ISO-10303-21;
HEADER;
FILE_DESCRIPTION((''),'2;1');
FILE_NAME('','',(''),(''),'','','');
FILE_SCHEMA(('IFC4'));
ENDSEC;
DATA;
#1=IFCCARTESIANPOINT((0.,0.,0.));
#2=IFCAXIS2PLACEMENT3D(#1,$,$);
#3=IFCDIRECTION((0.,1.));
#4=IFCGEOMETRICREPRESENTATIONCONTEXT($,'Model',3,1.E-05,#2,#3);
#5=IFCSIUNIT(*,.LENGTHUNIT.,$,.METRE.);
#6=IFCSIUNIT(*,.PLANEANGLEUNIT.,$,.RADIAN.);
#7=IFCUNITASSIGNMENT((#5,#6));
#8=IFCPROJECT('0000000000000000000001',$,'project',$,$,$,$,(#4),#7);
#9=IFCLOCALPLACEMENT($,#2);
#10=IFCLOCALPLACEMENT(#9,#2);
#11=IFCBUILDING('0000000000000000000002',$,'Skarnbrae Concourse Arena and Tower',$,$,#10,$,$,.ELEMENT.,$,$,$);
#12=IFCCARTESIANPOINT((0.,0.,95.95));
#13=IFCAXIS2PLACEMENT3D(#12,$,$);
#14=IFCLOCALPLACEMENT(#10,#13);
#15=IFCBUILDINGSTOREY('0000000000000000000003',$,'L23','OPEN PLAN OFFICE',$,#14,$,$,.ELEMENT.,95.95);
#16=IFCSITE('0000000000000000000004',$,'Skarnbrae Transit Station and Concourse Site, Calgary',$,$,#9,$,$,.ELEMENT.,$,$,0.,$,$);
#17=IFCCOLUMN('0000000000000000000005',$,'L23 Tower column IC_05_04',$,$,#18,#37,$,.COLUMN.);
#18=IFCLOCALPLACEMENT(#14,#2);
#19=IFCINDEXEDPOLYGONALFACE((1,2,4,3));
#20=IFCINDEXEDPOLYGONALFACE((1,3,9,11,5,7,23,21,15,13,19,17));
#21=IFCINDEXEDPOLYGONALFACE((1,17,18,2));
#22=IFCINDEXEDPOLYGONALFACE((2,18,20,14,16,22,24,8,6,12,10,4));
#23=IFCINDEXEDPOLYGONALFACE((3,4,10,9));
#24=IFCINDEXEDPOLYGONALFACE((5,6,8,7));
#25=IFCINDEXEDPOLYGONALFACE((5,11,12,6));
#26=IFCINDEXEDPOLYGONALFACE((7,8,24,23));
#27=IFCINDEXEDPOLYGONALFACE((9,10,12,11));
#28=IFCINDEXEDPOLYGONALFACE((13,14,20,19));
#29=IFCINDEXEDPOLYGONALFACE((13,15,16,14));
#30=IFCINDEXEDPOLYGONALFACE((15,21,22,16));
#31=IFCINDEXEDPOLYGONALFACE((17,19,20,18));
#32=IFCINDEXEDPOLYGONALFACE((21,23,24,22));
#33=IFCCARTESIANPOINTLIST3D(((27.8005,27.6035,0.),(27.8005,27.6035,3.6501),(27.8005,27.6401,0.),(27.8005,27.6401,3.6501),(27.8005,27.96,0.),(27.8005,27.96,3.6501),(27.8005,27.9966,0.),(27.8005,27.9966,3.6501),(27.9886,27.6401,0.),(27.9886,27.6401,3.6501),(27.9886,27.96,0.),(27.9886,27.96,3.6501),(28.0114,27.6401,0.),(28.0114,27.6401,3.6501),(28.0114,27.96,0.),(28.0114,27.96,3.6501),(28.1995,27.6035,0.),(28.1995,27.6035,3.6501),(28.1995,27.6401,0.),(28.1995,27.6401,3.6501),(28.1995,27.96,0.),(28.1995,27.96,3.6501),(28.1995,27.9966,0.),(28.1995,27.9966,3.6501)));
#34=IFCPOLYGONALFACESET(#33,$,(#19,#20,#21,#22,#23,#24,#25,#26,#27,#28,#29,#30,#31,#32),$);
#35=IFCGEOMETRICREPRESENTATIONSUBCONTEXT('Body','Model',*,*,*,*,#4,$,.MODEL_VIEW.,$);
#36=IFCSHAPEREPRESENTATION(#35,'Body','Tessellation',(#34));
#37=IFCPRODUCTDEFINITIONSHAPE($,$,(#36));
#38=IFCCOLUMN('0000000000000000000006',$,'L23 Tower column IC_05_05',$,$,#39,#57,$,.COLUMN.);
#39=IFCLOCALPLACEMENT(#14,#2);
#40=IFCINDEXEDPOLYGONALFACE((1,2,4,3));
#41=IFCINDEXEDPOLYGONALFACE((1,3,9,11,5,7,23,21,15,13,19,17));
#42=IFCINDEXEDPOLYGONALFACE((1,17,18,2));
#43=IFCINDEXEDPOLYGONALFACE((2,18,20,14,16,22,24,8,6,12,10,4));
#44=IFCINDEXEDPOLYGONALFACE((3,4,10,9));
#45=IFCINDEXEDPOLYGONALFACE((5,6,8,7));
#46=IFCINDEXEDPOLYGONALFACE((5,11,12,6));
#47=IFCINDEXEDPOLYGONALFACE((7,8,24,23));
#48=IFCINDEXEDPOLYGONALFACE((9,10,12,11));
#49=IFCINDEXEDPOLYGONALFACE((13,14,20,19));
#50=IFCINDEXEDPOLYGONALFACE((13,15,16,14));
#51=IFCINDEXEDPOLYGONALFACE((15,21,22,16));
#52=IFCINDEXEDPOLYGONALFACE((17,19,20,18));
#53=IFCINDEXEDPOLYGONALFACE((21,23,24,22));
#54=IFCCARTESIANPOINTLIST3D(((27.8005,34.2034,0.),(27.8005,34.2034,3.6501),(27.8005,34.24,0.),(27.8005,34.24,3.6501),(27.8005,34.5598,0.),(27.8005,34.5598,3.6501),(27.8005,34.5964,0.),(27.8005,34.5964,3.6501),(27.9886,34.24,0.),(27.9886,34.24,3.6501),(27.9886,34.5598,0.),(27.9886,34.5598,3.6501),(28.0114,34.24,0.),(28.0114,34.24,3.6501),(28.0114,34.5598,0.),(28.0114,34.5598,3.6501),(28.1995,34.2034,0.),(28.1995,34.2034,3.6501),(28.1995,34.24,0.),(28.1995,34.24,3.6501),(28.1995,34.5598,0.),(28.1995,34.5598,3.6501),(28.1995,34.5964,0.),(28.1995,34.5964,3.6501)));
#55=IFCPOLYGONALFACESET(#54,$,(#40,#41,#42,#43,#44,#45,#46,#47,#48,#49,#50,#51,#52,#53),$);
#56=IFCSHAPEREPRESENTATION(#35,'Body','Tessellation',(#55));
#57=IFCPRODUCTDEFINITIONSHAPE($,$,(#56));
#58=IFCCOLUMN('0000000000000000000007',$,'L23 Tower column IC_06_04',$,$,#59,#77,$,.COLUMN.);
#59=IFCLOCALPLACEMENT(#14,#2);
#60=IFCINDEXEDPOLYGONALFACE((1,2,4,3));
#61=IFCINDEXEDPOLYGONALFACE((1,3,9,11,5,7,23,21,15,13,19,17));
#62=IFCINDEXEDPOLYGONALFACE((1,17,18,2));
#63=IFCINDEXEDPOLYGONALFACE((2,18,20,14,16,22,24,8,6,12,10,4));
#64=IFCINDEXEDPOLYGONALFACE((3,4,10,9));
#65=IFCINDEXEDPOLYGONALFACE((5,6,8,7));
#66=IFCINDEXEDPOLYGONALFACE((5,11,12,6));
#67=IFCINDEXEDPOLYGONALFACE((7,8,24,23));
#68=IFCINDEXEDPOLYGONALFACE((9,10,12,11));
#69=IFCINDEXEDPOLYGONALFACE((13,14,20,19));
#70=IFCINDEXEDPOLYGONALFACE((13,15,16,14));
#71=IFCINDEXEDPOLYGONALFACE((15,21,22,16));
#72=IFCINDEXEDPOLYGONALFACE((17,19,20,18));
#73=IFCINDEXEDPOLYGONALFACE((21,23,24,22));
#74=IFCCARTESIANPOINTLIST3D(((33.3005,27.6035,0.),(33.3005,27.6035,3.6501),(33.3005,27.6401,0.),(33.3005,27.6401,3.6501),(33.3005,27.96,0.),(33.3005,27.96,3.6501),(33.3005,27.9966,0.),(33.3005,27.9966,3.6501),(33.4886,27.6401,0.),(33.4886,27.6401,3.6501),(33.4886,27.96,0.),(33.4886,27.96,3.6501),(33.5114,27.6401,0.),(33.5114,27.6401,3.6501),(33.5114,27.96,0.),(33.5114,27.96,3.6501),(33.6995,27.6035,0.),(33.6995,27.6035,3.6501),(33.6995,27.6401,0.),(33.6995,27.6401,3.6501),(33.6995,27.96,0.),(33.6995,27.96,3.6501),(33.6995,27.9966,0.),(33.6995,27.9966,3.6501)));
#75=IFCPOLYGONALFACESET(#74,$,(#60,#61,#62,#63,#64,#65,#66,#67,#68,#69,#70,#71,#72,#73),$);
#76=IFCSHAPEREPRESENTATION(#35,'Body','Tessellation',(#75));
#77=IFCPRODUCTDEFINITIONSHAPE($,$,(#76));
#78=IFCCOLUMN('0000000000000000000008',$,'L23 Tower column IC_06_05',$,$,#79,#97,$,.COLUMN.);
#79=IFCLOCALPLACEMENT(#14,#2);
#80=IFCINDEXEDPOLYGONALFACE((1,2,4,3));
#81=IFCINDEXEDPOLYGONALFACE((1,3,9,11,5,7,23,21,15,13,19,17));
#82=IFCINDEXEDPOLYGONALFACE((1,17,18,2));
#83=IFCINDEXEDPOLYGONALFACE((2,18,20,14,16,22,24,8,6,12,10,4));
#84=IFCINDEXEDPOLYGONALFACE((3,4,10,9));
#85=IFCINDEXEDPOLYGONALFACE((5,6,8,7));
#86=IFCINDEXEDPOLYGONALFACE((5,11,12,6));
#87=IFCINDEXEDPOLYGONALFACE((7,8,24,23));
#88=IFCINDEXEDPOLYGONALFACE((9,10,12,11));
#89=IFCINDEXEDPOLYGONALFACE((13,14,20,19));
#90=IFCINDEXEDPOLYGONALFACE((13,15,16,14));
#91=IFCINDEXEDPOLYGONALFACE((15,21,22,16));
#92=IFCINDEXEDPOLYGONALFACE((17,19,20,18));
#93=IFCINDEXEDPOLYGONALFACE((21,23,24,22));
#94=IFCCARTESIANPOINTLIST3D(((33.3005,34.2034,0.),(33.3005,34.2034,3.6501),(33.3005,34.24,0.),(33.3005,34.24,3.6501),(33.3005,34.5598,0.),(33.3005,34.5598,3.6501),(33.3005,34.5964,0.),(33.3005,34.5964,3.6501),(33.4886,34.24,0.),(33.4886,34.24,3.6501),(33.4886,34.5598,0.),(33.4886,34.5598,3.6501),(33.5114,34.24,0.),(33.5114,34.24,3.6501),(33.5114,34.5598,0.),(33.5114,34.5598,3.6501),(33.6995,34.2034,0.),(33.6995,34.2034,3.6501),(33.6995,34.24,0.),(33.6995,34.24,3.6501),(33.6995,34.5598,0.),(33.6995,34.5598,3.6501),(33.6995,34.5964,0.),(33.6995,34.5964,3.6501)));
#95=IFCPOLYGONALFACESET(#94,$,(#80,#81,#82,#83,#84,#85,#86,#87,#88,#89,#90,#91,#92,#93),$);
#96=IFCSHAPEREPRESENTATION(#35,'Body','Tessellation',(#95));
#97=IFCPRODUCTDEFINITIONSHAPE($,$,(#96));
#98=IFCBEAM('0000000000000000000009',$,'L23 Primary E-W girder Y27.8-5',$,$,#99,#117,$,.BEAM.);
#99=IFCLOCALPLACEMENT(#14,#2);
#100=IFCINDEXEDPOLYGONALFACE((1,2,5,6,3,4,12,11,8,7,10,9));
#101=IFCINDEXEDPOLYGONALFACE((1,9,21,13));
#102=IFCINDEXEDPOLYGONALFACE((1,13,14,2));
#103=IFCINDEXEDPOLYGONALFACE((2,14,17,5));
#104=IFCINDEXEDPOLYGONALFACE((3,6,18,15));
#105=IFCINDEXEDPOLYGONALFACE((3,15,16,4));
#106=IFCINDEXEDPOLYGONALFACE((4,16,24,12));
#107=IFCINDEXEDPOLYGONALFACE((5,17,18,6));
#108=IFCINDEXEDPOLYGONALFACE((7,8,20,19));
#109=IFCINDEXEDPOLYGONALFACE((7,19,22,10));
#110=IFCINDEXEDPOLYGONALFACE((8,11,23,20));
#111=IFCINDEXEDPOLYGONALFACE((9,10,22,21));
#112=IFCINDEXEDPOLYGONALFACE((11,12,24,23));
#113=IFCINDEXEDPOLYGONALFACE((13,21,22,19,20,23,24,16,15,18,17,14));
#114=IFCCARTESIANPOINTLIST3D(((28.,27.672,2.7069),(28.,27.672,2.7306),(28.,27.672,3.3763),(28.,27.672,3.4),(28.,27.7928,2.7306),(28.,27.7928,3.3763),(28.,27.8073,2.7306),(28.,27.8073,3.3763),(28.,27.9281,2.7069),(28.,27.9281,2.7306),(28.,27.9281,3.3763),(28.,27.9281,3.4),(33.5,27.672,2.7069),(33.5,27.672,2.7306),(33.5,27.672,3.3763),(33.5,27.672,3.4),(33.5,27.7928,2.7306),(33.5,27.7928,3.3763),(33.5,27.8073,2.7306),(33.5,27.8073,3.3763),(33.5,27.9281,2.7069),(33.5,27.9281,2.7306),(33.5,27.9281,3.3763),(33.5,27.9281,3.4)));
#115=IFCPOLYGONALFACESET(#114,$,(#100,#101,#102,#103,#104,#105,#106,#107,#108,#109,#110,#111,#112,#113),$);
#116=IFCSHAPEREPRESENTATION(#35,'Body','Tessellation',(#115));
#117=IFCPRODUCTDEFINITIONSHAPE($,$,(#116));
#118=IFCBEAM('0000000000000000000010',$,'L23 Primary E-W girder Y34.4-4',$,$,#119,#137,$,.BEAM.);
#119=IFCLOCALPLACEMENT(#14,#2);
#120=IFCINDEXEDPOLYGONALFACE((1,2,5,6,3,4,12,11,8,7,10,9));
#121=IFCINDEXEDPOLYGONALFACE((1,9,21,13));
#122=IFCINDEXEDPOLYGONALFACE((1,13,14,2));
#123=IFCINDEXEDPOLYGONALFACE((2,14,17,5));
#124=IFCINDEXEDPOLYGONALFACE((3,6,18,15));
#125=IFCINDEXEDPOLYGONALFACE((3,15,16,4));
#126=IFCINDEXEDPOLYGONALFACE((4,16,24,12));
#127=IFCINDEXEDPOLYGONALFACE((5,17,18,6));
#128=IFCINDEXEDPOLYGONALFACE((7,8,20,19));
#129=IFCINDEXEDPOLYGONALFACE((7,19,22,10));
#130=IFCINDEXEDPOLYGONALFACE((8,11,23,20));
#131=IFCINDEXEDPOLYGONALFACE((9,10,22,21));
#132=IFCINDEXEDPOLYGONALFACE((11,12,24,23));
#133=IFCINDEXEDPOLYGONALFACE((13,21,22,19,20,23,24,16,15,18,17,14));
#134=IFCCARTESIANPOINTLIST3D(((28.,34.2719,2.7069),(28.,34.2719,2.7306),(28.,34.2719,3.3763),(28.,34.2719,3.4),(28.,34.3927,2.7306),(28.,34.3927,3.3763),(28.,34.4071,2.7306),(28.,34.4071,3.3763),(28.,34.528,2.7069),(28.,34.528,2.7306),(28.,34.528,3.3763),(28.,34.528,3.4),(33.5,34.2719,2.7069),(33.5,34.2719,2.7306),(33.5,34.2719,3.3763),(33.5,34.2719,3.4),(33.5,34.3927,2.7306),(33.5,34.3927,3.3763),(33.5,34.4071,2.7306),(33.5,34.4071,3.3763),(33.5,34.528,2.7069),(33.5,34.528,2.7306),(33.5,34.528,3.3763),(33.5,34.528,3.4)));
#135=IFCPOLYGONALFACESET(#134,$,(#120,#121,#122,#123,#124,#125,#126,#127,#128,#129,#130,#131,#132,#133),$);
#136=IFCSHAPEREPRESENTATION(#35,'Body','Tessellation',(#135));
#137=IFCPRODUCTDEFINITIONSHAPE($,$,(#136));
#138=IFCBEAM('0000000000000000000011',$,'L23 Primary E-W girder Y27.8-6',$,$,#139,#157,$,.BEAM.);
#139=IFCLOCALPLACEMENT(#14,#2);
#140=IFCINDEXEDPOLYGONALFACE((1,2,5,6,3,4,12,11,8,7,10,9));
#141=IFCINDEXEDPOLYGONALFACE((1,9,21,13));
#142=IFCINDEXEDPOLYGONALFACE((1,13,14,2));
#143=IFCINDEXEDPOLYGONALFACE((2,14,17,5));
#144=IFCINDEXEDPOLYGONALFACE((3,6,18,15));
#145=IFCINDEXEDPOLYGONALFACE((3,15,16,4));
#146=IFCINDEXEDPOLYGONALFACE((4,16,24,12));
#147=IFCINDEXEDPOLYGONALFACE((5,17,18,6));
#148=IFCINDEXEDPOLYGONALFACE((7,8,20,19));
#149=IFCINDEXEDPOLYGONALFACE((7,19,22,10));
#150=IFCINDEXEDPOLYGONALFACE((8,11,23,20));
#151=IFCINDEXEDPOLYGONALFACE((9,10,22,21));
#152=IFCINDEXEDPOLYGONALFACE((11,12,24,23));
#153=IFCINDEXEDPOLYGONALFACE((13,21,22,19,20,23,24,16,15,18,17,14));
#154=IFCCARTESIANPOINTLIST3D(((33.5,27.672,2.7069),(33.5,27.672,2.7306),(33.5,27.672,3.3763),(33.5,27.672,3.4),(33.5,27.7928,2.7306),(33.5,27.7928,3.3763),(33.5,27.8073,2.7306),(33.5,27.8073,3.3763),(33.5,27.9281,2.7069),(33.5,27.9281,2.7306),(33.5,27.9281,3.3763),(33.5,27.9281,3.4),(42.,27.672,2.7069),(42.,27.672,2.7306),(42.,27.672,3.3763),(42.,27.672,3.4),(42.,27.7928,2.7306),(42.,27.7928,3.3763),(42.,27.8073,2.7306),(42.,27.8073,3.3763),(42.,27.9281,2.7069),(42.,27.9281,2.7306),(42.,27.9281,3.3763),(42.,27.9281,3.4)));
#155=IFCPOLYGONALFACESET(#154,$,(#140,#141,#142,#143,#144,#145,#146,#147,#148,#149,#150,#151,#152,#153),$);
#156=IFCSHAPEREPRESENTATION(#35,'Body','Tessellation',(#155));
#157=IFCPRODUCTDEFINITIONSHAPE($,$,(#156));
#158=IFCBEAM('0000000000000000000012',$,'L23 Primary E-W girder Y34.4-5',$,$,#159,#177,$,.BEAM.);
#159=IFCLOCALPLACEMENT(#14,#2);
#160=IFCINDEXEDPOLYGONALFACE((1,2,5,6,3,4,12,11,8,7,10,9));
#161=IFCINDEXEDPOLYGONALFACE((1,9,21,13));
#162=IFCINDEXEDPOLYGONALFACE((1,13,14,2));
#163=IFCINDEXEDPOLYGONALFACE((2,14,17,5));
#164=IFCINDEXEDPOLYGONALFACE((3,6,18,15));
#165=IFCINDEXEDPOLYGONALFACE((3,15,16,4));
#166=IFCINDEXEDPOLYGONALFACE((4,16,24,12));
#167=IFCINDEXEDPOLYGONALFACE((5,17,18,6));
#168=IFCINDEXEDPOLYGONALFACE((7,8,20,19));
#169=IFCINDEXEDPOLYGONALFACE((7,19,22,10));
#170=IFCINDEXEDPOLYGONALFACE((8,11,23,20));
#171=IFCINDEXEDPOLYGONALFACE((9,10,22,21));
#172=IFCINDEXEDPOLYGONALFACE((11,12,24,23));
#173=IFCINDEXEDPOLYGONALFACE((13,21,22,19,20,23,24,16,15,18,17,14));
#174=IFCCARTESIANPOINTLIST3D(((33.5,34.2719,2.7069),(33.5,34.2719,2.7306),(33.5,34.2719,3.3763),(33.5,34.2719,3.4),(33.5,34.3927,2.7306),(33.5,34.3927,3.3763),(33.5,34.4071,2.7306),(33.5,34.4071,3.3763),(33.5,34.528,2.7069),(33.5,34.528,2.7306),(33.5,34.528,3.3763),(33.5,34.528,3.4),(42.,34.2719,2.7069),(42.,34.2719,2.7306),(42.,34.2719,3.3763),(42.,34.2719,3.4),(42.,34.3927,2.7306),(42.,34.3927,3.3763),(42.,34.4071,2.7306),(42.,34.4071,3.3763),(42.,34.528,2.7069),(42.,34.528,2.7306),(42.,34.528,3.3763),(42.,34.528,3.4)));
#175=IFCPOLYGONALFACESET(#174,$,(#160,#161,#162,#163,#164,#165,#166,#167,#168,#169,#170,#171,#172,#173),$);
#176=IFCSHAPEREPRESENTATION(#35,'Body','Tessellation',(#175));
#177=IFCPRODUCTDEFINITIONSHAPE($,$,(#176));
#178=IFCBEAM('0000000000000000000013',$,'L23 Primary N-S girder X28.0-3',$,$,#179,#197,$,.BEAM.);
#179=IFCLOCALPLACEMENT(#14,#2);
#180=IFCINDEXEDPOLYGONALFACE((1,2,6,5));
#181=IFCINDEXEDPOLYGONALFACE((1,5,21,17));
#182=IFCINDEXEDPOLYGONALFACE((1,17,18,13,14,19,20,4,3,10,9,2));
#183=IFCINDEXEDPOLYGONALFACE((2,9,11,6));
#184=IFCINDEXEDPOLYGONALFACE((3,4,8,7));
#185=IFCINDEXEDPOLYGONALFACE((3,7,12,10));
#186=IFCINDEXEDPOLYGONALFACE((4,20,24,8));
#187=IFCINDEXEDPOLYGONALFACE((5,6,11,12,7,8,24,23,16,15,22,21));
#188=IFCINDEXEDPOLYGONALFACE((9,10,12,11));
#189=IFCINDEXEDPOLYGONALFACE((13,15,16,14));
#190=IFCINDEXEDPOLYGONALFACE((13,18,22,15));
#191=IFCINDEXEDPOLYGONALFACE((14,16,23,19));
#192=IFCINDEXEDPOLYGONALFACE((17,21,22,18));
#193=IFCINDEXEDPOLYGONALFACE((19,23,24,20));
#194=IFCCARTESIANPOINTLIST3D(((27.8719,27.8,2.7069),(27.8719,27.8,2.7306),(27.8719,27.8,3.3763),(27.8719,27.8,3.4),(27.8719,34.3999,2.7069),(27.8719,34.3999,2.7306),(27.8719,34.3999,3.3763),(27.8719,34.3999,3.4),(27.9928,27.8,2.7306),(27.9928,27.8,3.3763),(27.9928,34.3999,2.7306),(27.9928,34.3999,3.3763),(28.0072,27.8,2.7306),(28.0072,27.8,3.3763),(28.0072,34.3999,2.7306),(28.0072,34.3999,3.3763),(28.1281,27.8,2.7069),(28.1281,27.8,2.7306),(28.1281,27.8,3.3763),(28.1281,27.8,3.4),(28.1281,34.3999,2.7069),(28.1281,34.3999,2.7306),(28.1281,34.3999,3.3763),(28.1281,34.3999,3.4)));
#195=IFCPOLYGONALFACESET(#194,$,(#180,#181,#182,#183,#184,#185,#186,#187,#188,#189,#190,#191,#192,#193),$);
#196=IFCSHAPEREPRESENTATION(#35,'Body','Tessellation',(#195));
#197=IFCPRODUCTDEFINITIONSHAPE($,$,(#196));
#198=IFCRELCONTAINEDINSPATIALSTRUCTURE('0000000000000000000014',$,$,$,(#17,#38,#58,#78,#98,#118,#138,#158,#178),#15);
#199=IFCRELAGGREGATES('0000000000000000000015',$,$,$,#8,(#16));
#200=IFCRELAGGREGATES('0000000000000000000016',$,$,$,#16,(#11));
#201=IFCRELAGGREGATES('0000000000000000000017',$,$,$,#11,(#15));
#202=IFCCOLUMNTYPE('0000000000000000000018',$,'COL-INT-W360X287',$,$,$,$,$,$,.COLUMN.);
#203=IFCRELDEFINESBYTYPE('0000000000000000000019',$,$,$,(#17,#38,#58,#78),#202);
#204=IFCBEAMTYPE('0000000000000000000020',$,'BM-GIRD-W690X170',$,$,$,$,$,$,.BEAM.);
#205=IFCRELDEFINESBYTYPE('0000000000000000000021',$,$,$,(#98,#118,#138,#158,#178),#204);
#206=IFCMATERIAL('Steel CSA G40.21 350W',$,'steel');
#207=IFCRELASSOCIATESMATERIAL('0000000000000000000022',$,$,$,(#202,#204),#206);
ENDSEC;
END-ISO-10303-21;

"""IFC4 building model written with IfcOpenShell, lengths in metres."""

from ifc_helpers import new_model, si_unit, direction, frame, origin, origin_2d, place, context, subcontext, project, spatial, i_section, extrude, source, transform, mapped, material, material_profile, profile_set, type_object, element, save


model = new_model("IFC4")

# Units and contexts
model_context = context("Model", 3, precision=1e-05, world=origin(), true_north=direction((0.0, 1.0)))
body_context = subcontext(model_context, "Body", "Model", "MODEL_VIEW")
ifc_project = project(units=[si_unit("LENGTHUNIT", "METRE"), si_unit("PLANEANGLEUNIT", "RADIAN")], contexts=[model_context])

# Site, building, storey
site_placement = place(None, origin())
site = spatial("IfcSite", under=ifc_project, at=site_placement, Name="Skarnbrae Transit Station and Concourse Site, Calgary", CompositionType="ELEMENT", RefElevation=0.0)
building_placement = place(site_placement, origin())
building = spatial("IfcBuilding", under=site, at=building_placement, Name="Skarnbrae Concourse Arena and Tower", CompositionType="ELEMENT")
storey_placement = place(building_placement, frame((0.0, 0.0, 95.95)))
storey = spatial("IfcBuildingStorey", under=building, at=storey_placement, Name="L23", Description="OPEN PLAN OFFICE", CompositionType="ELEMENT", Elevation=95.95)

# Columns
ifc_material_1 = material(Name="Steel CSA G40.21 350W", Category="steel")
ifc_material_profile_1 = material_profile(ifc_material_1, i_section(OverallWidth=0.3989, OverallDepth=0.3931, WebThickness=0.0227, FlangeThickness=0.0366, at=origin_2d()), Name="W360X287")
ifc_profile_set_1 = profile_set([ifc_material_profile_1], Name="Steel CSA G40.21 350W")
column_type = type_object("IfcColumnType", Name="COL-INT-W360X287", PredefinedType="COLUMN", material=ifc_profile_set_1)
shared_shape_1 = source(origin(), body_context, "Body", "SweptSolid", [
    extrude(i_section(OverallWidth=0.3989, OverallDepth=0.3931, WebThickness=0.0227, FlangeThickness=0.0366, at=origin_2d()), origin(), (0.0, 0.0, 1.0), 3.6501),
])
for number, where, z_axis, x_axis, name in (
    (1, (28.0, 27.8, 0.0), (0.0, 0.0, 1.0), (1.0, 0.0, 0.0), "L23 Tower column IC_05_04"),
    (2, (28.0, 34.3999, 0.0), (0.0, 0.0, 1.0), (1.0, 0.0, 0.0), "L23 Tower column IC_05_05"),
    (3, (33.5, 27.8, 0.0), (0.0, 0.0, 1.0), (1.0, 0.0, 0.0), "L23 Tower column IC_06_04"),
    (4, (33.5, 34.3999, 0.0), (0.0, 0.0, 1.0), (1.0, 0.0, 0.0), "L23 Tower column IC_06_05"),
):
    element("IfcColumn", number, at=place(storey_placement, frame(where, z_axis=z_axis, x_axis=x_axis)), inside=storey, type_object=column_type, Name=name, PredefinedType="COLUMN", context=body_context, shape_type="MappedRepresentation", body=[
        mapped(shared_shape_1, transform((0.0, 0.0, 0.0))),
    ])

# Beams
ifc_material_profile_2 = material_profile(ifc_material_1, i_section(OverallWidth=0.2561, OverallDepth=0.6931, WebThickness=0.0144, FlangeThickness=0.0237, at=origin_2d()), Name="W690X170")
ifc_profile_set_2 = profile_set([ifc_material_profile_2], Name="Steel CSA G40.21 350W")
beam_type_1 = type_object("IfcBeamType", Name="BM-GIRD-W690X170", PredefinedType="BEAM", material=ifc_profile_set_2)
shared_shape_2 = source(origin(), body_context, "Body", "SweptSolid", [
    extrude(i_section(OverallWidth=0.2561, OverallDepth=0.6931, WebThickness=0.0144, FlangeThickness=0.0237, at=origin_2d()), origin(), (0.0, 0.0, 1.0), 5.5),
])
for number, where, z_axis, x_axis, name in (
    (5, (28.0, 27.8, 3.0535), (1.0, 0.0, 0.0), (0.0, 1.0, 0.0), "L23 Primary E-W girder Y27.8-5"),
    (6, (28.0, 34.3999, 3.0535), (1.0, 0.0, 0.0), (0.0, 1.0, 0.0), "L23 Primary E-W girder Y34.4-4"),
):
    element("IfcBeam", number, at=place(storey_placement, frame(where, z_axis=z_axis, x_axis=x_axis)), inside=storey, type_object=beam_type_1, Name=name, PredefinedType="BEAM", context=body_context, shape_type="MappedRepresentation", body=[
        mapped(shared_shape_2, transform((0.0, 0.0, 0.0))),
    ])
shared_shape_3 = source(origin(), body_context, "Body", "SweptSolid", [
    extrude(i_section(OverallWidth=0.2561, OverallDepth=0.6931, WebThickness=0.0144, FlangeThickness=0.0237, at=origin_2d()), origin(), (0.0, 0.0, 1.0), 8.5),
])
for number, where, z_axis, x_axis, name in (
    (7, (33.5, 27.8, 3.0535), (1.0, 0.0, 0.0), (0.0, 1.0, 0.0), "L23 Primary E-W girder Y27.8-6"),
    (8, (33.5, 34.3999, 3.0535), (1.0, 0.0, 0.0), (0.0, 1.0, 0.0), "L23 Primary E-W girder Y34.4-5"),
):
    element("IfcBeam", number, at=place(storey_placement, frame(where, z_axis=z_axis, x_axis=x_axis)), inside=storey, type_object=beam_type_1, Name=name, PredefinedType="BEAM", context=body_context, shape_type="MappedRepresentation", body=[
        mapped(shared_shape_3, transform((0.0, 0.0, 0.0))),
    ])
shared_shape_4 = source(origin(), body_context, "Body", "SweptSolid", [
    extrude(i_section(OverallWidth=0.2561, OverallDepth=0.6931, WebThickness=0.0144, FlangeThickness=0.0237, at=origin_2d()), origin(), (0.0, 0.0, 1.0), 6.5999),
])
for number, where, z_axis, x_axis, name in (
    (9, (28.0, 27.8, 3.0535), (0.0, 1.0, 0.0), (-1.0, 0.0, 0.0), "L23 Primary N-S girder X28.0-3"),
):
    element("IfcBeam", number, at=place(storey_placement, frame(where, z_axis=z_axis, x_axis=x_axis)), inside=storey, type_object=beam_type_1, Name=name, PredefinedType="BEAM", context=body_context, shape_type="MappedRepresentation", body=[
        mapped(shared_shape_4, transform((0.0, 0.0, 0.0))),
    ])

save(model, "model.ifc")
